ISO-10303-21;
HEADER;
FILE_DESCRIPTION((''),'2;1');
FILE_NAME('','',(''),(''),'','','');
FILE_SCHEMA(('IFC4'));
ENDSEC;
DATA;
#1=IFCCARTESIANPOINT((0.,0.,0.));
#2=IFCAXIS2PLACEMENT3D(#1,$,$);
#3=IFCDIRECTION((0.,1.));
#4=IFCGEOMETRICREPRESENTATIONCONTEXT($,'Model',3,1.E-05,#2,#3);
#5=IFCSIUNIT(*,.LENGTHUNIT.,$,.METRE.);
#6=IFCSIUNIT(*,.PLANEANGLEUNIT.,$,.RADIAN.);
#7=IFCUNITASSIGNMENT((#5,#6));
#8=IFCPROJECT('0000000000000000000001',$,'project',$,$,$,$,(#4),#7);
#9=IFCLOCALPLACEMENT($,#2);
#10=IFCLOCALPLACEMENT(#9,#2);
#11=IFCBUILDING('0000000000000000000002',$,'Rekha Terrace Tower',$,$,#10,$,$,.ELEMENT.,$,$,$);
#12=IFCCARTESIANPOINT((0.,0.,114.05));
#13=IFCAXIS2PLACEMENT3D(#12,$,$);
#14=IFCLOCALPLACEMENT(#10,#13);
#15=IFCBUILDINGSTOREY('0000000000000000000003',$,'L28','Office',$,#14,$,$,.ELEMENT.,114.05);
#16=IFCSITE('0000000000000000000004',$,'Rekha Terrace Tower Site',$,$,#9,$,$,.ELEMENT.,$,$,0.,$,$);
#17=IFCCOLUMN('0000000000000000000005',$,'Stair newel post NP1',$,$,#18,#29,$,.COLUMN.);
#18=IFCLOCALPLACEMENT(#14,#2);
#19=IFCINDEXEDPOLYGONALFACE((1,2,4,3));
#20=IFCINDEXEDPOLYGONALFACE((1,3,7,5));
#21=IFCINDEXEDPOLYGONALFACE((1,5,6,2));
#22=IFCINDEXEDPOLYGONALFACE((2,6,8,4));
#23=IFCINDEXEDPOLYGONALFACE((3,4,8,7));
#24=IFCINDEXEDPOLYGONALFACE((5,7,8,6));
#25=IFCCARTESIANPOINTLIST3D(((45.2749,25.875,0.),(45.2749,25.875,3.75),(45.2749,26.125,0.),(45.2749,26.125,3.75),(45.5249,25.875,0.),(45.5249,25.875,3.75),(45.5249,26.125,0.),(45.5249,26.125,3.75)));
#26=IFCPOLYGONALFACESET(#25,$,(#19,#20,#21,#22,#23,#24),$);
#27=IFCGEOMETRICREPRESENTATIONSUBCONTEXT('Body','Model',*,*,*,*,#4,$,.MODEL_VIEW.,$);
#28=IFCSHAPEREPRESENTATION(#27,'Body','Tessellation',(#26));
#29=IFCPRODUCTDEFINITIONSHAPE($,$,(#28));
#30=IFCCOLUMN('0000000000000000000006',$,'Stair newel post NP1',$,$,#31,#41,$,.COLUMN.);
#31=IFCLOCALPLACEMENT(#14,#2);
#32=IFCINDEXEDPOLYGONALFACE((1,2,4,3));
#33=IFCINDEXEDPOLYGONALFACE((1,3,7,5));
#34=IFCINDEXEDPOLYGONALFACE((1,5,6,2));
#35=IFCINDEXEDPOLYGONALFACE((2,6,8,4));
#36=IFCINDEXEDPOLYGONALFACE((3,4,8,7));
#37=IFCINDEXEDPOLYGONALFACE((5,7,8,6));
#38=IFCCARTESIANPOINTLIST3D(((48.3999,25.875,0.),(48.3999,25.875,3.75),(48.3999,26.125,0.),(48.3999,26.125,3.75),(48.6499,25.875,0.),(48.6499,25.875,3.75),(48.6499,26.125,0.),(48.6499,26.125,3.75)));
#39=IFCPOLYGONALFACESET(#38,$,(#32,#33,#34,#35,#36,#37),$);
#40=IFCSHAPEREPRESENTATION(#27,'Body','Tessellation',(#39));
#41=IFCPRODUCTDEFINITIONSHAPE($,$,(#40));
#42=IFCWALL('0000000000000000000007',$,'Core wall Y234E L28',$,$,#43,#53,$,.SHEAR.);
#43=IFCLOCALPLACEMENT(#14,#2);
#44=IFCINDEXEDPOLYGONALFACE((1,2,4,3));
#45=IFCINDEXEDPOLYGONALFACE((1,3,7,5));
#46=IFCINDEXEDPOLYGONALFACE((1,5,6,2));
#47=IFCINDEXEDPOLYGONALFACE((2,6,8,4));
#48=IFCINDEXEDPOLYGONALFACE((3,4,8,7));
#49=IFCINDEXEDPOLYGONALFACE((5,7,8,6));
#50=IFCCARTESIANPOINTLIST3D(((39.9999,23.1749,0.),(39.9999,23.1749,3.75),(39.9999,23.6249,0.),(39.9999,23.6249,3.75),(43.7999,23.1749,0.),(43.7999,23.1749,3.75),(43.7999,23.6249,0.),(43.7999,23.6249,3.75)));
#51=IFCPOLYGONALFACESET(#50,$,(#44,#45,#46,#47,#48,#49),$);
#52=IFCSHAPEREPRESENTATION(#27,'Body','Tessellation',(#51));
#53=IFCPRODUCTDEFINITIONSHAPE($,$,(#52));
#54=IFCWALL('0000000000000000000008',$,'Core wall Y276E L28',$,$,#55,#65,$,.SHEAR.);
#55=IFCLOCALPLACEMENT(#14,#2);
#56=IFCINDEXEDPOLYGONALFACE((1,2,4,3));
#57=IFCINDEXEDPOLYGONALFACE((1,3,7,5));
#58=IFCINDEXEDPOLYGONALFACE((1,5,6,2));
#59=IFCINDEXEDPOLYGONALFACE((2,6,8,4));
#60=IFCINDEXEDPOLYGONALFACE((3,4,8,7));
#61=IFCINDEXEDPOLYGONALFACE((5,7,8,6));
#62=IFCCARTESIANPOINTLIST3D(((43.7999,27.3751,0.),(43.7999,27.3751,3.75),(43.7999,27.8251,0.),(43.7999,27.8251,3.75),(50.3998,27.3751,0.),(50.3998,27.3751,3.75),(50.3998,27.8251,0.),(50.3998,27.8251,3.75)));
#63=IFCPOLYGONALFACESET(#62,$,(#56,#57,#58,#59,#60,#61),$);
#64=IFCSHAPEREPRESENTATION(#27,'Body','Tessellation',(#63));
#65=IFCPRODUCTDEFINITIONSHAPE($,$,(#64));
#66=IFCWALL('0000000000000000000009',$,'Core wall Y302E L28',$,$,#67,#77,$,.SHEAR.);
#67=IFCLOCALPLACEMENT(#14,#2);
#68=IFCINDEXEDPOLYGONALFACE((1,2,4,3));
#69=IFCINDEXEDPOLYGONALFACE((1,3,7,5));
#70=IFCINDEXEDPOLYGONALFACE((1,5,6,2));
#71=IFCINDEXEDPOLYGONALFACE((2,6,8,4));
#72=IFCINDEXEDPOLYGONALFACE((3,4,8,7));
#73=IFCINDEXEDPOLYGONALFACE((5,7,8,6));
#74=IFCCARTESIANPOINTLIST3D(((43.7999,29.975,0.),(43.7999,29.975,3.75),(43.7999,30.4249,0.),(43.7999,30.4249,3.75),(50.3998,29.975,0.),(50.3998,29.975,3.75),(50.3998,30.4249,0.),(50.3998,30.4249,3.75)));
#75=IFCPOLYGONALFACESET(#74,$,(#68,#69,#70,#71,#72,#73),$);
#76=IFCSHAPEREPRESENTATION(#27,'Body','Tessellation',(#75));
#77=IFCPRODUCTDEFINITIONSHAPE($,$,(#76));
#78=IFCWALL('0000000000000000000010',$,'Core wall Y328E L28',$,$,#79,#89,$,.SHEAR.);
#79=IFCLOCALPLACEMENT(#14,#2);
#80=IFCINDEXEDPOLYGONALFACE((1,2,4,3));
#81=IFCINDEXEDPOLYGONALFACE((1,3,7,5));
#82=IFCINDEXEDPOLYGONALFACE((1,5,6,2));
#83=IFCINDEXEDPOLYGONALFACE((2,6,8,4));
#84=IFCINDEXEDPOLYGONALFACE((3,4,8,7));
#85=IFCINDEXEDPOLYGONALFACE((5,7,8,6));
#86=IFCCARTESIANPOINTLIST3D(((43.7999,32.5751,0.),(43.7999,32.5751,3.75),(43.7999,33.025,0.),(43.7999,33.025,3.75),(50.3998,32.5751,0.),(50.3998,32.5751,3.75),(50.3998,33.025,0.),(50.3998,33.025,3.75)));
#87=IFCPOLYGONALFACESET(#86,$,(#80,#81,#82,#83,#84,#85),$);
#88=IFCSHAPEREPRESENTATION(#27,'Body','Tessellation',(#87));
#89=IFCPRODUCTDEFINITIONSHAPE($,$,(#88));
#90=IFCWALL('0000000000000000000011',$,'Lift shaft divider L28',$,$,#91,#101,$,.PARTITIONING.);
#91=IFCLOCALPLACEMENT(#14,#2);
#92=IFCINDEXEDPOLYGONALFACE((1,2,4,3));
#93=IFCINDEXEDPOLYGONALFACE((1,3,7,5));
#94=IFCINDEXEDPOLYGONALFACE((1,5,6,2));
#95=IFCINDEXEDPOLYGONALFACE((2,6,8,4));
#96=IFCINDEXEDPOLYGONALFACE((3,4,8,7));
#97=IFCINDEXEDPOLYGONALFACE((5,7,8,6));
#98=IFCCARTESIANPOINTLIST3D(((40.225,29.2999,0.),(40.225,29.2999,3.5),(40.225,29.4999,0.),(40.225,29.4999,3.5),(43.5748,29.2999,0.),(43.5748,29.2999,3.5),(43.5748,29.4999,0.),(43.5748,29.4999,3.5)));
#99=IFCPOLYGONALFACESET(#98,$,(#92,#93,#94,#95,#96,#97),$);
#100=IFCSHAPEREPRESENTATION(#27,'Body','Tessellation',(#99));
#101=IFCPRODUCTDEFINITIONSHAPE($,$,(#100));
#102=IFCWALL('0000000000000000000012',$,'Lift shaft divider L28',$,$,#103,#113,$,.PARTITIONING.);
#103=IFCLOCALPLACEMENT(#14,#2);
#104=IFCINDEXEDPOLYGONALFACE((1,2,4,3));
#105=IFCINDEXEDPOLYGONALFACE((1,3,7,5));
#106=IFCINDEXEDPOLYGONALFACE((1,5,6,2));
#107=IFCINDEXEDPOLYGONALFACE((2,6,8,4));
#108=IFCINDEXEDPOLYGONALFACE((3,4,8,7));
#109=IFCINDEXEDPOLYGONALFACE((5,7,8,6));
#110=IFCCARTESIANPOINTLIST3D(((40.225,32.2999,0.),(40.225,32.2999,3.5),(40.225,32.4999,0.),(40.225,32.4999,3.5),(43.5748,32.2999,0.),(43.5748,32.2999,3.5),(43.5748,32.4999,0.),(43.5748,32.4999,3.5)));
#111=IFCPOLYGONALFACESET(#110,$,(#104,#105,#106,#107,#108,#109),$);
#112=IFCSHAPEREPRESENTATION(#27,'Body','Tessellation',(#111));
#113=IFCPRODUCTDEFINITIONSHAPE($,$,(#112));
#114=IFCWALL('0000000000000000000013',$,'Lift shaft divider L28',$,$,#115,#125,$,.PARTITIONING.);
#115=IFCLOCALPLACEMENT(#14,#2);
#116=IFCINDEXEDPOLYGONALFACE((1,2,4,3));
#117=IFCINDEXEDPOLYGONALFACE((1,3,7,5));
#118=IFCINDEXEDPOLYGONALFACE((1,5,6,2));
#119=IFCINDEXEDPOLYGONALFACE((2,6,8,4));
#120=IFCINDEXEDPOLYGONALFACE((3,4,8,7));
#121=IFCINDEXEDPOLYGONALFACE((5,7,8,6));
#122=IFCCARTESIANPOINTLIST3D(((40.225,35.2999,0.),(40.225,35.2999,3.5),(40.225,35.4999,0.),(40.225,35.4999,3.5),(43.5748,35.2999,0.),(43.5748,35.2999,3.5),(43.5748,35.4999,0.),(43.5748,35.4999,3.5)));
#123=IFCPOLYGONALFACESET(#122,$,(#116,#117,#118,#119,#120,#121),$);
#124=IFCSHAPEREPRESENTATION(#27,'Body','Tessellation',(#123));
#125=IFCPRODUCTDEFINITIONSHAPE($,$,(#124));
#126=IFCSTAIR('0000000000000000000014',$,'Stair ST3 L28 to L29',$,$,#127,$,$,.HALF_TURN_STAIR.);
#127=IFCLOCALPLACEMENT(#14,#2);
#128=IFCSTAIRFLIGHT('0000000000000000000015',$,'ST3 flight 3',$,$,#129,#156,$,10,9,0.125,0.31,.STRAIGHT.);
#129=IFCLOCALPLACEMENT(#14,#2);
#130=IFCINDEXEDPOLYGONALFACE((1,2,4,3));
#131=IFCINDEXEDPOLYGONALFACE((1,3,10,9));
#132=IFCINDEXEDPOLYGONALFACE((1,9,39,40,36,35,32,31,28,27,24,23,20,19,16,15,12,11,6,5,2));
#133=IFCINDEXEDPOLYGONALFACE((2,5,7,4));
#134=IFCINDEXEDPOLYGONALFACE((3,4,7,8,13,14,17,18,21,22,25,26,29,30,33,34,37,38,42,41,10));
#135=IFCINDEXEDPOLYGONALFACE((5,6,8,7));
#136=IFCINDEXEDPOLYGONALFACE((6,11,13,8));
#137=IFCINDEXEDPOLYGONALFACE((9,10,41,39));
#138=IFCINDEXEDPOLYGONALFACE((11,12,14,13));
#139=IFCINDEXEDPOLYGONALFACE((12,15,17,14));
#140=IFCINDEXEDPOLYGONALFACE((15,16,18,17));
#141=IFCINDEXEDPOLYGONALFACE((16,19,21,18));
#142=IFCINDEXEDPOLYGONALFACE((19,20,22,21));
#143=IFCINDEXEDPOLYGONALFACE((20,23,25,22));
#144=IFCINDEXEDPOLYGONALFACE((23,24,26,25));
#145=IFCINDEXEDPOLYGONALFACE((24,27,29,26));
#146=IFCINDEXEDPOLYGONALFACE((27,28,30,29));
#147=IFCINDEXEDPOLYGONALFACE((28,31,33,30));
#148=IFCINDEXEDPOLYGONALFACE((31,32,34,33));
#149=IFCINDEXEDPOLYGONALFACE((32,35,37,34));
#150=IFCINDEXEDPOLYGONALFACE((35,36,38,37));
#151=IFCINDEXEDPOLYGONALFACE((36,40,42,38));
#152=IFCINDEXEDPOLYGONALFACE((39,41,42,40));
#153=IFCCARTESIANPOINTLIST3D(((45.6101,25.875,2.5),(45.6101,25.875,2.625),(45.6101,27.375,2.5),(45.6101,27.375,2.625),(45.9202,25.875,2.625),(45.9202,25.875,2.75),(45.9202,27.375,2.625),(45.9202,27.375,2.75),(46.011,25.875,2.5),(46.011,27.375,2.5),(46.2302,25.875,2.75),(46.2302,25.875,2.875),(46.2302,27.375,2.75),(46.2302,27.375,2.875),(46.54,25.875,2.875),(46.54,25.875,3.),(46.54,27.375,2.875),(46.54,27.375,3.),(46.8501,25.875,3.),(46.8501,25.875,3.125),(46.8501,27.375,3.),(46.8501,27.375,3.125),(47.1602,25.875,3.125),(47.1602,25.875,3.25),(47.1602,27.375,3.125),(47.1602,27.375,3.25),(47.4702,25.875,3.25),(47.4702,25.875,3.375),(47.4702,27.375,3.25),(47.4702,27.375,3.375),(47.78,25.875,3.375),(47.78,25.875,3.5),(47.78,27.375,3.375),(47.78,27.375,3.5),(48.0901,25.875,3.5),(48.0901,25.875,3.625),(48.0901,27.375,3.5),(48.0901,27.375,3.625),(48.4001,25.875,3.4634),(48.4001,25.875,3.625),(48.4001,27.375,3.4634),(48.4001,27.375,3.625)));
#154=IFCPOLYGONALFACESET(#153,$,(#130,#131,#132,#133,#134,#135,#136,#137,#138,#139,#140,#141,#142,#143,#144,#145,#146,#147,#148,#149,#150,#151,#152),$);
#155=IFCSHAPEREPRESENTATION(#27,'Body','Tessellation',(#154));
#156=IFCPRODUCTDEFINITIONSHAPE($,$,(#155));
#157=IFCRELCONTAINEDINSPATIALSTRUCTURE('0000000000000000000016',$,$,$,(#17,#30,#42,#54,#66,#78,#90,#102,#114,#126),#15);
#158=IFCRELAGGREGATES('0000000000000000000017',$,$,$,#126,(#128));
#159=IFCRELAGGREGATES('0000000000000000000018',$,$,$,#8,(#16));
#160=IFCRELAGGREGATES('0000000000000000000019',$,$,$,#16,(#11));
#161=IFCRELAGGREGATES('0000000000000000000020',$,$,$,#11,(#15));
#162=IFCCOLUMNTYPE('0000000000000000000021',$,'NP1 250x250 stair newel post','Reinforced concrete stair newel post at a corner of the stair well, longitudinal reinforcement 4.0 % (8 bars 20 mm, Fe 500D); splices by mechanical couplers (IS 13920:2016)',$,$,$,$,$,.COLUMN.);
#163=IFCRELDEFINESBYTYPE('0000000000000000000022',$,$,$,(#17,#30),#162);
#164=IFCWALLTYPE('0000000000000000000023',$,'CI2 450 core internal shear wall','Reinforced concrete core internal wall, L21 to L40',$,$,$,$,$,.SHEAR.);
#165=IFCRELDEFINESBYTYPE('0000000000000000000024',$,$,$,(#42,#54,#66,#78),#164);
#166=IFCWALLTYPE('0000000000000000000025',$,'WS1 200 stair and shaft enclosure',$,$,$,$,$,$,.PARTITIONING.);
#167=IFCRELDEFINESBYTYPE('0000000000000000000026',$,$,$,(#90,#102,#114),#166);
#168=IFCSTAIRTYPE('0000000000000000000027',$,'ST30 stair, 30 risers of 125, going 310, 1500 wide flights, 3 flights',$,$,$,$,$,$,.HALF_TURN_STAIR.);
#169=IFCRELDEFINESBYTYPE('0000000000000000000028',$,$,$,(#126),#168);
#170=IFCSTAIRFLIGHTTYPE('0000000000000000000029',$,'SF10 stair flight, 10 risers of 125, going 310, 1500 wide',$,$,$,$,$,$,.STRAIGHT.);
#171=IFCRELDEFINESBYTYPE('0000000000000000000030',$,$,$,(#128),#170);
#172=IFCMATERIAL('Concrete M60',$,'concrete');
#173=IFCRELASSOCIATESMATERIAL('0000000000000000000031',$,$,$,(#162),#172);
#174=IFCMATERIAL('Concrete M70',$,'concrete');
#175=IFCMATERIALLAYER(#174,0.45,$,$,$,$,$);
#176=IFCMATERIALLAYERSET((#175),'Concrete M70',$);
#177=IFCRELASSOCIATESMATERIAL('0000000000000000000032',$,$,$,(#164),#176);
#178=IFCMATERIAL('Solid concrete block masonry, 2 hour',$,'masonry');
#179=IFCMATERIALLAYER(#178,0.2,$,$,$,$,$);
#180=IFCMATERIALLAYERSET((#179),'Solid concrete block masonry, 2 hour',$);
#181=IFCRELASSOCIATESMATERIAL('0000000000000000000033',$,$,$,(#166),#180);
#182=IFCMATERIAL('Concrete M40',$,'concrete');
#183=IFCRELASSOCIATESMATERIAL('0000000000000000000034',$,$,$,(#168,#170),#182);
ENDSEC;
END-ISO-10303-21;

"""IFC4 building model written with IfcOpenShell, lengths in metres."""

from ifc_helpers import new_model, si_unit, direction, frame, frame_2d, origin, origin_2d, place, context, subcontext, project, spatial, polyline, rectangle, outline, extrude, material, layer, layer_set, material_profile, profile_set, type_object, element, aggregate, save


model = new_model("IFC4")

# Units and contexts
model_context = context("Model", 3, precision=1e-05, world=origin(), true_north=direction((0.0, 1.0)))
body_context = subcontext(model_context, "Body", "Model", "MODEL_VIEW")
ifc_project = project(units=[si_unit("LENGTHUNIT", "METRE"), si_unit("PLANEANGLEUNIT", "RADIAN")], contexts=[model_context])

# Site, building, storey
site_placement = place(None, origin())
site = spatial("IfcSite", under=ifc_project, at=site_placement, Name="Rekha Terrace Tower Site", CompositionType="ELEMENT", RefElevation=0.0)
building_placement = place(site_placement, origin())
building = spatial("IfcBuilding", under=site, at=building_placement, Name="Rekha Terrace Tower", CompositionType="ELEMENT")
storey_placement = place(building_placement, frame((0.0, 0.0, 114.05)))
storey = spatial("IfcBuildingStorey", under=building, at=storey_placement, Name="L28", Description="Office", CompositionType="ELEMENT", Elevation=114.05)

# Columns
ifc_material_1 = material(Name="Concrete M60", Category="concrete")
ifc_material_profile = material_profile(ifc_material_1, rectangle(XDim=0.25, YDim=0.25, at=origin_2d()), Name="RC 250x250")
ifc_profile_set = profile_set([ifc_material_profile], Name="Concrete M60")
column_type = type_object("IfcColumnType", Name="NP1 250x250 stair newel post", Description="Reinforced concrete stair newel post at a corner of the stair well, longitudinal reinforcement 4.0 % (8 bars 20 mm, Fe 500D); splices by mechanical couplers (IS 13920:2016)", PredefinedType="COLUMN", material=ifc_profile_set)
for number, where, z_axis, x_axis, name in (
    (1, (45.3999, 26.0, 0.0), (0.0, 0.0, 1.0), (1.0, 0.0, 0.0), "Stair newel post NP1"),
    (2, (48.5249, 26.0, 0.0), (0.0, 0.0, 1.0), (1.0, 0.0, 0.0), "Stair newel post NP1"),
):
    element("IfcColumn", number, at=place(storey_placement, frame(where, z_axis=z_axis, x_axis=x_axis)), inside=storey, type_object=column_type, Name=name, PredefinedType="COLUMN", context=body_context, shape_type="SweptSolid", body=[
        extrude(rectangle(XDim=0.25, YDim=0.25, at=origin_2d()), origin(), (0.0, 0.0, 1.0), 3.75),
    ])

# Walls
ifc_material_2 = material(Name="Concrete M70", Category="concrete")
ifc_layer_1 = layer(ifc_material_2, 0.45)
ifc_layer_set_1 = layer_set([ifc_layer_1], Name="Concrete M70")
wall_type_1 = type_object("IfcWallType", Name="CI2 450 core internal shear wall", Description="Reinforced concrete core internal wall, L21 to L40", PredefinedType="SHEAR", material=ifc_layer_set_1)
wall_placement = place(storey_placement, frame((40.0, 23.3999, 0.0), z_axis=(0.0, 0.0, 1.0), x_axis=(1.0, 0.0, 0.0)))
element("IfcWall", 3, at=wall_placement, inside=storey, type_object=wall_type_1, Name="Core wall Y234E L28", PredefinedType="SHEAR", context=body_context, shape_type="SweptSolid", body=[
    extrude(rectangle(XDim=3.8, YDim=0.45, at=frame_2d((1.8999, 0.0))), origin(), (0.0, 0.0, 1.0), 3.75),
])
for number, where, z_axis, x_axis, name in (
    (4, (43.8, 27.6001, 0.0), (0.0, 0.0, 1.0), (1.0, 0.0, 0.0), "Core wall Y276E L28"),
    (5, (43.8, 30.2, 0.0), (0.0, 0.0, 1.0), (1.0, 0.0, 0.0), "Core wall Y302E L28"),
    (6, (43.8, 32.8, 0.0), (0.0, 0.0, 1.0), (1.0, 0.0, 0.0), "Core wall Y328E L28"),
):
    element("IfcWall", number, at=place(storey_placement, frame(where, z_axis=z_axis, x_axis=x_axis)), inside=storey, type_object=wall_type_1, Name=name, PredefinedType="SHEAR", context=body_context, shape_type="SweptSolid", body=[
        extrude(rectangle(XDim=6.5999, YDim=0.45, at=frame_2d((3.2998, 0.0))), origin(), (0.0, 0.0, 1.0), 3.75),
    ])
ifc_material_3 = material(Name="Solid concrete block masonry, 2 hour", Category="masonry")
ifc_layer_2 = layer(ifc_material_3, 0.2)
ifc_layer_set_2 = layer_set([ifc_layer_2], Name="Solid concrete block masonry, 2 hour")
wall_type_2 = type_object("IfcWallType", Name="WS1 200 stair and shaft enclosure", PredefinedType="PARTITIONING", material=ifc_layer_set_2)
for number, where, z_axis, x_axis, name in (
    (7, (40.2251, 29.3999, 0.0), (0.0, 0.0, 1.0), (1.0, 0.0, 0.0), "Lift shaft divider L28"),
    (8, (40.2251, 32.3999, 0.0), (0.0, 0.0, 1.0), (1.0, 0.0, 0.0), "Lift shaft divider L28"),
    (9, (40.2251, 35.3999, 0.0), (0.0, 0.0, 1.0), (1.0, 0.0, 0.0), "Lift shaft divider L28"),
):
    element("IfcWall", number, at=place(storey_placement, frame(where, z_axis=z_axis, x_axis=x_axis)), inside=storey, type_object=wall_type_2, Name=name, PredefinedType="PARTITIONING", context=body_context, shape_type="SweptSolid", body=[
        extrude(rectangle(XDim=3.3499, YDim=0.2, at=frame_2d((1.6748, 0.0))), origin(), (0.0, 0.0, 1.0), 3.5),
    ])

# Stair, stair flight
ifc_material_4 = material(Name="Concrete M40", Category="concrete")
stair_type = type_object("IfcStairType", Name="ST30 stair, 30 risers of 125, going 310, 1500 wide flights, 3 flights", PredefinedType="HALF_TURN_STAIR", material=ifc_material_4)
stair_placement = place(storey_placement, origin())
stair = element("IfcStair", 10, at=stair_placement, inside=storey, type_object=stair_type, Name="Stair ST3 L28 to L29", PredefinedType="HALF_TURN_STAIR")
stair_flight_type = type_object("IfcStairFlightType", Name="SF10 stair flight, 10 risers of 125, going 310, 1500 wide", PredefinedType="STRAIGHT", material=ifc_material_4)
stair_flight_placement = place(storey_placement, frame((45.6101, 26.625, 2.5), z_axis=(0.0, 0.0, 1.0), x_axis=(1.0, 0.0, 0.0)))
stair_flight = element("IfcStairFlight", 11, at=stair_flight_placement, type_object=stair_flight_type, Name="ST3 flight 3", NumberOfRisers=10, NumberOfTreads=9, PredefinedType="STRAIGHT", RiserHeight=0.125, TreadLength=0.31, context=body_context, shape_type="SweptSolid", body=[
    extrude(outline(polyline([(0.0, 0.0), (0.0, 0.125), (0.3101, 0.125), (0.3101, 0.25), (0.6201, 0.25), (0.6201, 0.375), (0.9299, 0.375), (0.9299, 0.5), (1.24, 0.5), (1.24, 0.625), (1.55, 0.625), (1.55, 0.75), (1.8601, 0.75), (1.8601, 0.875), (2.1699, 0.875), (2.1699, 1.0), (2.48, 1.0), (2.48, 1.125), (2.79, 1.125), (2.79, 1.25), (2.79, 0.9634), (0.4009, 0.0), (0.0, 0.0)])), frame((0.0, 0.75, 0.0), z_axis=(0.0, -1.0, 0.0), x_axis=(1.0, 0.0, 0.0)), (0.0, 0.0, 1.0), 1.5),
])
aggregate(stair, [stair_flight])

save(model, "model.ifc")
